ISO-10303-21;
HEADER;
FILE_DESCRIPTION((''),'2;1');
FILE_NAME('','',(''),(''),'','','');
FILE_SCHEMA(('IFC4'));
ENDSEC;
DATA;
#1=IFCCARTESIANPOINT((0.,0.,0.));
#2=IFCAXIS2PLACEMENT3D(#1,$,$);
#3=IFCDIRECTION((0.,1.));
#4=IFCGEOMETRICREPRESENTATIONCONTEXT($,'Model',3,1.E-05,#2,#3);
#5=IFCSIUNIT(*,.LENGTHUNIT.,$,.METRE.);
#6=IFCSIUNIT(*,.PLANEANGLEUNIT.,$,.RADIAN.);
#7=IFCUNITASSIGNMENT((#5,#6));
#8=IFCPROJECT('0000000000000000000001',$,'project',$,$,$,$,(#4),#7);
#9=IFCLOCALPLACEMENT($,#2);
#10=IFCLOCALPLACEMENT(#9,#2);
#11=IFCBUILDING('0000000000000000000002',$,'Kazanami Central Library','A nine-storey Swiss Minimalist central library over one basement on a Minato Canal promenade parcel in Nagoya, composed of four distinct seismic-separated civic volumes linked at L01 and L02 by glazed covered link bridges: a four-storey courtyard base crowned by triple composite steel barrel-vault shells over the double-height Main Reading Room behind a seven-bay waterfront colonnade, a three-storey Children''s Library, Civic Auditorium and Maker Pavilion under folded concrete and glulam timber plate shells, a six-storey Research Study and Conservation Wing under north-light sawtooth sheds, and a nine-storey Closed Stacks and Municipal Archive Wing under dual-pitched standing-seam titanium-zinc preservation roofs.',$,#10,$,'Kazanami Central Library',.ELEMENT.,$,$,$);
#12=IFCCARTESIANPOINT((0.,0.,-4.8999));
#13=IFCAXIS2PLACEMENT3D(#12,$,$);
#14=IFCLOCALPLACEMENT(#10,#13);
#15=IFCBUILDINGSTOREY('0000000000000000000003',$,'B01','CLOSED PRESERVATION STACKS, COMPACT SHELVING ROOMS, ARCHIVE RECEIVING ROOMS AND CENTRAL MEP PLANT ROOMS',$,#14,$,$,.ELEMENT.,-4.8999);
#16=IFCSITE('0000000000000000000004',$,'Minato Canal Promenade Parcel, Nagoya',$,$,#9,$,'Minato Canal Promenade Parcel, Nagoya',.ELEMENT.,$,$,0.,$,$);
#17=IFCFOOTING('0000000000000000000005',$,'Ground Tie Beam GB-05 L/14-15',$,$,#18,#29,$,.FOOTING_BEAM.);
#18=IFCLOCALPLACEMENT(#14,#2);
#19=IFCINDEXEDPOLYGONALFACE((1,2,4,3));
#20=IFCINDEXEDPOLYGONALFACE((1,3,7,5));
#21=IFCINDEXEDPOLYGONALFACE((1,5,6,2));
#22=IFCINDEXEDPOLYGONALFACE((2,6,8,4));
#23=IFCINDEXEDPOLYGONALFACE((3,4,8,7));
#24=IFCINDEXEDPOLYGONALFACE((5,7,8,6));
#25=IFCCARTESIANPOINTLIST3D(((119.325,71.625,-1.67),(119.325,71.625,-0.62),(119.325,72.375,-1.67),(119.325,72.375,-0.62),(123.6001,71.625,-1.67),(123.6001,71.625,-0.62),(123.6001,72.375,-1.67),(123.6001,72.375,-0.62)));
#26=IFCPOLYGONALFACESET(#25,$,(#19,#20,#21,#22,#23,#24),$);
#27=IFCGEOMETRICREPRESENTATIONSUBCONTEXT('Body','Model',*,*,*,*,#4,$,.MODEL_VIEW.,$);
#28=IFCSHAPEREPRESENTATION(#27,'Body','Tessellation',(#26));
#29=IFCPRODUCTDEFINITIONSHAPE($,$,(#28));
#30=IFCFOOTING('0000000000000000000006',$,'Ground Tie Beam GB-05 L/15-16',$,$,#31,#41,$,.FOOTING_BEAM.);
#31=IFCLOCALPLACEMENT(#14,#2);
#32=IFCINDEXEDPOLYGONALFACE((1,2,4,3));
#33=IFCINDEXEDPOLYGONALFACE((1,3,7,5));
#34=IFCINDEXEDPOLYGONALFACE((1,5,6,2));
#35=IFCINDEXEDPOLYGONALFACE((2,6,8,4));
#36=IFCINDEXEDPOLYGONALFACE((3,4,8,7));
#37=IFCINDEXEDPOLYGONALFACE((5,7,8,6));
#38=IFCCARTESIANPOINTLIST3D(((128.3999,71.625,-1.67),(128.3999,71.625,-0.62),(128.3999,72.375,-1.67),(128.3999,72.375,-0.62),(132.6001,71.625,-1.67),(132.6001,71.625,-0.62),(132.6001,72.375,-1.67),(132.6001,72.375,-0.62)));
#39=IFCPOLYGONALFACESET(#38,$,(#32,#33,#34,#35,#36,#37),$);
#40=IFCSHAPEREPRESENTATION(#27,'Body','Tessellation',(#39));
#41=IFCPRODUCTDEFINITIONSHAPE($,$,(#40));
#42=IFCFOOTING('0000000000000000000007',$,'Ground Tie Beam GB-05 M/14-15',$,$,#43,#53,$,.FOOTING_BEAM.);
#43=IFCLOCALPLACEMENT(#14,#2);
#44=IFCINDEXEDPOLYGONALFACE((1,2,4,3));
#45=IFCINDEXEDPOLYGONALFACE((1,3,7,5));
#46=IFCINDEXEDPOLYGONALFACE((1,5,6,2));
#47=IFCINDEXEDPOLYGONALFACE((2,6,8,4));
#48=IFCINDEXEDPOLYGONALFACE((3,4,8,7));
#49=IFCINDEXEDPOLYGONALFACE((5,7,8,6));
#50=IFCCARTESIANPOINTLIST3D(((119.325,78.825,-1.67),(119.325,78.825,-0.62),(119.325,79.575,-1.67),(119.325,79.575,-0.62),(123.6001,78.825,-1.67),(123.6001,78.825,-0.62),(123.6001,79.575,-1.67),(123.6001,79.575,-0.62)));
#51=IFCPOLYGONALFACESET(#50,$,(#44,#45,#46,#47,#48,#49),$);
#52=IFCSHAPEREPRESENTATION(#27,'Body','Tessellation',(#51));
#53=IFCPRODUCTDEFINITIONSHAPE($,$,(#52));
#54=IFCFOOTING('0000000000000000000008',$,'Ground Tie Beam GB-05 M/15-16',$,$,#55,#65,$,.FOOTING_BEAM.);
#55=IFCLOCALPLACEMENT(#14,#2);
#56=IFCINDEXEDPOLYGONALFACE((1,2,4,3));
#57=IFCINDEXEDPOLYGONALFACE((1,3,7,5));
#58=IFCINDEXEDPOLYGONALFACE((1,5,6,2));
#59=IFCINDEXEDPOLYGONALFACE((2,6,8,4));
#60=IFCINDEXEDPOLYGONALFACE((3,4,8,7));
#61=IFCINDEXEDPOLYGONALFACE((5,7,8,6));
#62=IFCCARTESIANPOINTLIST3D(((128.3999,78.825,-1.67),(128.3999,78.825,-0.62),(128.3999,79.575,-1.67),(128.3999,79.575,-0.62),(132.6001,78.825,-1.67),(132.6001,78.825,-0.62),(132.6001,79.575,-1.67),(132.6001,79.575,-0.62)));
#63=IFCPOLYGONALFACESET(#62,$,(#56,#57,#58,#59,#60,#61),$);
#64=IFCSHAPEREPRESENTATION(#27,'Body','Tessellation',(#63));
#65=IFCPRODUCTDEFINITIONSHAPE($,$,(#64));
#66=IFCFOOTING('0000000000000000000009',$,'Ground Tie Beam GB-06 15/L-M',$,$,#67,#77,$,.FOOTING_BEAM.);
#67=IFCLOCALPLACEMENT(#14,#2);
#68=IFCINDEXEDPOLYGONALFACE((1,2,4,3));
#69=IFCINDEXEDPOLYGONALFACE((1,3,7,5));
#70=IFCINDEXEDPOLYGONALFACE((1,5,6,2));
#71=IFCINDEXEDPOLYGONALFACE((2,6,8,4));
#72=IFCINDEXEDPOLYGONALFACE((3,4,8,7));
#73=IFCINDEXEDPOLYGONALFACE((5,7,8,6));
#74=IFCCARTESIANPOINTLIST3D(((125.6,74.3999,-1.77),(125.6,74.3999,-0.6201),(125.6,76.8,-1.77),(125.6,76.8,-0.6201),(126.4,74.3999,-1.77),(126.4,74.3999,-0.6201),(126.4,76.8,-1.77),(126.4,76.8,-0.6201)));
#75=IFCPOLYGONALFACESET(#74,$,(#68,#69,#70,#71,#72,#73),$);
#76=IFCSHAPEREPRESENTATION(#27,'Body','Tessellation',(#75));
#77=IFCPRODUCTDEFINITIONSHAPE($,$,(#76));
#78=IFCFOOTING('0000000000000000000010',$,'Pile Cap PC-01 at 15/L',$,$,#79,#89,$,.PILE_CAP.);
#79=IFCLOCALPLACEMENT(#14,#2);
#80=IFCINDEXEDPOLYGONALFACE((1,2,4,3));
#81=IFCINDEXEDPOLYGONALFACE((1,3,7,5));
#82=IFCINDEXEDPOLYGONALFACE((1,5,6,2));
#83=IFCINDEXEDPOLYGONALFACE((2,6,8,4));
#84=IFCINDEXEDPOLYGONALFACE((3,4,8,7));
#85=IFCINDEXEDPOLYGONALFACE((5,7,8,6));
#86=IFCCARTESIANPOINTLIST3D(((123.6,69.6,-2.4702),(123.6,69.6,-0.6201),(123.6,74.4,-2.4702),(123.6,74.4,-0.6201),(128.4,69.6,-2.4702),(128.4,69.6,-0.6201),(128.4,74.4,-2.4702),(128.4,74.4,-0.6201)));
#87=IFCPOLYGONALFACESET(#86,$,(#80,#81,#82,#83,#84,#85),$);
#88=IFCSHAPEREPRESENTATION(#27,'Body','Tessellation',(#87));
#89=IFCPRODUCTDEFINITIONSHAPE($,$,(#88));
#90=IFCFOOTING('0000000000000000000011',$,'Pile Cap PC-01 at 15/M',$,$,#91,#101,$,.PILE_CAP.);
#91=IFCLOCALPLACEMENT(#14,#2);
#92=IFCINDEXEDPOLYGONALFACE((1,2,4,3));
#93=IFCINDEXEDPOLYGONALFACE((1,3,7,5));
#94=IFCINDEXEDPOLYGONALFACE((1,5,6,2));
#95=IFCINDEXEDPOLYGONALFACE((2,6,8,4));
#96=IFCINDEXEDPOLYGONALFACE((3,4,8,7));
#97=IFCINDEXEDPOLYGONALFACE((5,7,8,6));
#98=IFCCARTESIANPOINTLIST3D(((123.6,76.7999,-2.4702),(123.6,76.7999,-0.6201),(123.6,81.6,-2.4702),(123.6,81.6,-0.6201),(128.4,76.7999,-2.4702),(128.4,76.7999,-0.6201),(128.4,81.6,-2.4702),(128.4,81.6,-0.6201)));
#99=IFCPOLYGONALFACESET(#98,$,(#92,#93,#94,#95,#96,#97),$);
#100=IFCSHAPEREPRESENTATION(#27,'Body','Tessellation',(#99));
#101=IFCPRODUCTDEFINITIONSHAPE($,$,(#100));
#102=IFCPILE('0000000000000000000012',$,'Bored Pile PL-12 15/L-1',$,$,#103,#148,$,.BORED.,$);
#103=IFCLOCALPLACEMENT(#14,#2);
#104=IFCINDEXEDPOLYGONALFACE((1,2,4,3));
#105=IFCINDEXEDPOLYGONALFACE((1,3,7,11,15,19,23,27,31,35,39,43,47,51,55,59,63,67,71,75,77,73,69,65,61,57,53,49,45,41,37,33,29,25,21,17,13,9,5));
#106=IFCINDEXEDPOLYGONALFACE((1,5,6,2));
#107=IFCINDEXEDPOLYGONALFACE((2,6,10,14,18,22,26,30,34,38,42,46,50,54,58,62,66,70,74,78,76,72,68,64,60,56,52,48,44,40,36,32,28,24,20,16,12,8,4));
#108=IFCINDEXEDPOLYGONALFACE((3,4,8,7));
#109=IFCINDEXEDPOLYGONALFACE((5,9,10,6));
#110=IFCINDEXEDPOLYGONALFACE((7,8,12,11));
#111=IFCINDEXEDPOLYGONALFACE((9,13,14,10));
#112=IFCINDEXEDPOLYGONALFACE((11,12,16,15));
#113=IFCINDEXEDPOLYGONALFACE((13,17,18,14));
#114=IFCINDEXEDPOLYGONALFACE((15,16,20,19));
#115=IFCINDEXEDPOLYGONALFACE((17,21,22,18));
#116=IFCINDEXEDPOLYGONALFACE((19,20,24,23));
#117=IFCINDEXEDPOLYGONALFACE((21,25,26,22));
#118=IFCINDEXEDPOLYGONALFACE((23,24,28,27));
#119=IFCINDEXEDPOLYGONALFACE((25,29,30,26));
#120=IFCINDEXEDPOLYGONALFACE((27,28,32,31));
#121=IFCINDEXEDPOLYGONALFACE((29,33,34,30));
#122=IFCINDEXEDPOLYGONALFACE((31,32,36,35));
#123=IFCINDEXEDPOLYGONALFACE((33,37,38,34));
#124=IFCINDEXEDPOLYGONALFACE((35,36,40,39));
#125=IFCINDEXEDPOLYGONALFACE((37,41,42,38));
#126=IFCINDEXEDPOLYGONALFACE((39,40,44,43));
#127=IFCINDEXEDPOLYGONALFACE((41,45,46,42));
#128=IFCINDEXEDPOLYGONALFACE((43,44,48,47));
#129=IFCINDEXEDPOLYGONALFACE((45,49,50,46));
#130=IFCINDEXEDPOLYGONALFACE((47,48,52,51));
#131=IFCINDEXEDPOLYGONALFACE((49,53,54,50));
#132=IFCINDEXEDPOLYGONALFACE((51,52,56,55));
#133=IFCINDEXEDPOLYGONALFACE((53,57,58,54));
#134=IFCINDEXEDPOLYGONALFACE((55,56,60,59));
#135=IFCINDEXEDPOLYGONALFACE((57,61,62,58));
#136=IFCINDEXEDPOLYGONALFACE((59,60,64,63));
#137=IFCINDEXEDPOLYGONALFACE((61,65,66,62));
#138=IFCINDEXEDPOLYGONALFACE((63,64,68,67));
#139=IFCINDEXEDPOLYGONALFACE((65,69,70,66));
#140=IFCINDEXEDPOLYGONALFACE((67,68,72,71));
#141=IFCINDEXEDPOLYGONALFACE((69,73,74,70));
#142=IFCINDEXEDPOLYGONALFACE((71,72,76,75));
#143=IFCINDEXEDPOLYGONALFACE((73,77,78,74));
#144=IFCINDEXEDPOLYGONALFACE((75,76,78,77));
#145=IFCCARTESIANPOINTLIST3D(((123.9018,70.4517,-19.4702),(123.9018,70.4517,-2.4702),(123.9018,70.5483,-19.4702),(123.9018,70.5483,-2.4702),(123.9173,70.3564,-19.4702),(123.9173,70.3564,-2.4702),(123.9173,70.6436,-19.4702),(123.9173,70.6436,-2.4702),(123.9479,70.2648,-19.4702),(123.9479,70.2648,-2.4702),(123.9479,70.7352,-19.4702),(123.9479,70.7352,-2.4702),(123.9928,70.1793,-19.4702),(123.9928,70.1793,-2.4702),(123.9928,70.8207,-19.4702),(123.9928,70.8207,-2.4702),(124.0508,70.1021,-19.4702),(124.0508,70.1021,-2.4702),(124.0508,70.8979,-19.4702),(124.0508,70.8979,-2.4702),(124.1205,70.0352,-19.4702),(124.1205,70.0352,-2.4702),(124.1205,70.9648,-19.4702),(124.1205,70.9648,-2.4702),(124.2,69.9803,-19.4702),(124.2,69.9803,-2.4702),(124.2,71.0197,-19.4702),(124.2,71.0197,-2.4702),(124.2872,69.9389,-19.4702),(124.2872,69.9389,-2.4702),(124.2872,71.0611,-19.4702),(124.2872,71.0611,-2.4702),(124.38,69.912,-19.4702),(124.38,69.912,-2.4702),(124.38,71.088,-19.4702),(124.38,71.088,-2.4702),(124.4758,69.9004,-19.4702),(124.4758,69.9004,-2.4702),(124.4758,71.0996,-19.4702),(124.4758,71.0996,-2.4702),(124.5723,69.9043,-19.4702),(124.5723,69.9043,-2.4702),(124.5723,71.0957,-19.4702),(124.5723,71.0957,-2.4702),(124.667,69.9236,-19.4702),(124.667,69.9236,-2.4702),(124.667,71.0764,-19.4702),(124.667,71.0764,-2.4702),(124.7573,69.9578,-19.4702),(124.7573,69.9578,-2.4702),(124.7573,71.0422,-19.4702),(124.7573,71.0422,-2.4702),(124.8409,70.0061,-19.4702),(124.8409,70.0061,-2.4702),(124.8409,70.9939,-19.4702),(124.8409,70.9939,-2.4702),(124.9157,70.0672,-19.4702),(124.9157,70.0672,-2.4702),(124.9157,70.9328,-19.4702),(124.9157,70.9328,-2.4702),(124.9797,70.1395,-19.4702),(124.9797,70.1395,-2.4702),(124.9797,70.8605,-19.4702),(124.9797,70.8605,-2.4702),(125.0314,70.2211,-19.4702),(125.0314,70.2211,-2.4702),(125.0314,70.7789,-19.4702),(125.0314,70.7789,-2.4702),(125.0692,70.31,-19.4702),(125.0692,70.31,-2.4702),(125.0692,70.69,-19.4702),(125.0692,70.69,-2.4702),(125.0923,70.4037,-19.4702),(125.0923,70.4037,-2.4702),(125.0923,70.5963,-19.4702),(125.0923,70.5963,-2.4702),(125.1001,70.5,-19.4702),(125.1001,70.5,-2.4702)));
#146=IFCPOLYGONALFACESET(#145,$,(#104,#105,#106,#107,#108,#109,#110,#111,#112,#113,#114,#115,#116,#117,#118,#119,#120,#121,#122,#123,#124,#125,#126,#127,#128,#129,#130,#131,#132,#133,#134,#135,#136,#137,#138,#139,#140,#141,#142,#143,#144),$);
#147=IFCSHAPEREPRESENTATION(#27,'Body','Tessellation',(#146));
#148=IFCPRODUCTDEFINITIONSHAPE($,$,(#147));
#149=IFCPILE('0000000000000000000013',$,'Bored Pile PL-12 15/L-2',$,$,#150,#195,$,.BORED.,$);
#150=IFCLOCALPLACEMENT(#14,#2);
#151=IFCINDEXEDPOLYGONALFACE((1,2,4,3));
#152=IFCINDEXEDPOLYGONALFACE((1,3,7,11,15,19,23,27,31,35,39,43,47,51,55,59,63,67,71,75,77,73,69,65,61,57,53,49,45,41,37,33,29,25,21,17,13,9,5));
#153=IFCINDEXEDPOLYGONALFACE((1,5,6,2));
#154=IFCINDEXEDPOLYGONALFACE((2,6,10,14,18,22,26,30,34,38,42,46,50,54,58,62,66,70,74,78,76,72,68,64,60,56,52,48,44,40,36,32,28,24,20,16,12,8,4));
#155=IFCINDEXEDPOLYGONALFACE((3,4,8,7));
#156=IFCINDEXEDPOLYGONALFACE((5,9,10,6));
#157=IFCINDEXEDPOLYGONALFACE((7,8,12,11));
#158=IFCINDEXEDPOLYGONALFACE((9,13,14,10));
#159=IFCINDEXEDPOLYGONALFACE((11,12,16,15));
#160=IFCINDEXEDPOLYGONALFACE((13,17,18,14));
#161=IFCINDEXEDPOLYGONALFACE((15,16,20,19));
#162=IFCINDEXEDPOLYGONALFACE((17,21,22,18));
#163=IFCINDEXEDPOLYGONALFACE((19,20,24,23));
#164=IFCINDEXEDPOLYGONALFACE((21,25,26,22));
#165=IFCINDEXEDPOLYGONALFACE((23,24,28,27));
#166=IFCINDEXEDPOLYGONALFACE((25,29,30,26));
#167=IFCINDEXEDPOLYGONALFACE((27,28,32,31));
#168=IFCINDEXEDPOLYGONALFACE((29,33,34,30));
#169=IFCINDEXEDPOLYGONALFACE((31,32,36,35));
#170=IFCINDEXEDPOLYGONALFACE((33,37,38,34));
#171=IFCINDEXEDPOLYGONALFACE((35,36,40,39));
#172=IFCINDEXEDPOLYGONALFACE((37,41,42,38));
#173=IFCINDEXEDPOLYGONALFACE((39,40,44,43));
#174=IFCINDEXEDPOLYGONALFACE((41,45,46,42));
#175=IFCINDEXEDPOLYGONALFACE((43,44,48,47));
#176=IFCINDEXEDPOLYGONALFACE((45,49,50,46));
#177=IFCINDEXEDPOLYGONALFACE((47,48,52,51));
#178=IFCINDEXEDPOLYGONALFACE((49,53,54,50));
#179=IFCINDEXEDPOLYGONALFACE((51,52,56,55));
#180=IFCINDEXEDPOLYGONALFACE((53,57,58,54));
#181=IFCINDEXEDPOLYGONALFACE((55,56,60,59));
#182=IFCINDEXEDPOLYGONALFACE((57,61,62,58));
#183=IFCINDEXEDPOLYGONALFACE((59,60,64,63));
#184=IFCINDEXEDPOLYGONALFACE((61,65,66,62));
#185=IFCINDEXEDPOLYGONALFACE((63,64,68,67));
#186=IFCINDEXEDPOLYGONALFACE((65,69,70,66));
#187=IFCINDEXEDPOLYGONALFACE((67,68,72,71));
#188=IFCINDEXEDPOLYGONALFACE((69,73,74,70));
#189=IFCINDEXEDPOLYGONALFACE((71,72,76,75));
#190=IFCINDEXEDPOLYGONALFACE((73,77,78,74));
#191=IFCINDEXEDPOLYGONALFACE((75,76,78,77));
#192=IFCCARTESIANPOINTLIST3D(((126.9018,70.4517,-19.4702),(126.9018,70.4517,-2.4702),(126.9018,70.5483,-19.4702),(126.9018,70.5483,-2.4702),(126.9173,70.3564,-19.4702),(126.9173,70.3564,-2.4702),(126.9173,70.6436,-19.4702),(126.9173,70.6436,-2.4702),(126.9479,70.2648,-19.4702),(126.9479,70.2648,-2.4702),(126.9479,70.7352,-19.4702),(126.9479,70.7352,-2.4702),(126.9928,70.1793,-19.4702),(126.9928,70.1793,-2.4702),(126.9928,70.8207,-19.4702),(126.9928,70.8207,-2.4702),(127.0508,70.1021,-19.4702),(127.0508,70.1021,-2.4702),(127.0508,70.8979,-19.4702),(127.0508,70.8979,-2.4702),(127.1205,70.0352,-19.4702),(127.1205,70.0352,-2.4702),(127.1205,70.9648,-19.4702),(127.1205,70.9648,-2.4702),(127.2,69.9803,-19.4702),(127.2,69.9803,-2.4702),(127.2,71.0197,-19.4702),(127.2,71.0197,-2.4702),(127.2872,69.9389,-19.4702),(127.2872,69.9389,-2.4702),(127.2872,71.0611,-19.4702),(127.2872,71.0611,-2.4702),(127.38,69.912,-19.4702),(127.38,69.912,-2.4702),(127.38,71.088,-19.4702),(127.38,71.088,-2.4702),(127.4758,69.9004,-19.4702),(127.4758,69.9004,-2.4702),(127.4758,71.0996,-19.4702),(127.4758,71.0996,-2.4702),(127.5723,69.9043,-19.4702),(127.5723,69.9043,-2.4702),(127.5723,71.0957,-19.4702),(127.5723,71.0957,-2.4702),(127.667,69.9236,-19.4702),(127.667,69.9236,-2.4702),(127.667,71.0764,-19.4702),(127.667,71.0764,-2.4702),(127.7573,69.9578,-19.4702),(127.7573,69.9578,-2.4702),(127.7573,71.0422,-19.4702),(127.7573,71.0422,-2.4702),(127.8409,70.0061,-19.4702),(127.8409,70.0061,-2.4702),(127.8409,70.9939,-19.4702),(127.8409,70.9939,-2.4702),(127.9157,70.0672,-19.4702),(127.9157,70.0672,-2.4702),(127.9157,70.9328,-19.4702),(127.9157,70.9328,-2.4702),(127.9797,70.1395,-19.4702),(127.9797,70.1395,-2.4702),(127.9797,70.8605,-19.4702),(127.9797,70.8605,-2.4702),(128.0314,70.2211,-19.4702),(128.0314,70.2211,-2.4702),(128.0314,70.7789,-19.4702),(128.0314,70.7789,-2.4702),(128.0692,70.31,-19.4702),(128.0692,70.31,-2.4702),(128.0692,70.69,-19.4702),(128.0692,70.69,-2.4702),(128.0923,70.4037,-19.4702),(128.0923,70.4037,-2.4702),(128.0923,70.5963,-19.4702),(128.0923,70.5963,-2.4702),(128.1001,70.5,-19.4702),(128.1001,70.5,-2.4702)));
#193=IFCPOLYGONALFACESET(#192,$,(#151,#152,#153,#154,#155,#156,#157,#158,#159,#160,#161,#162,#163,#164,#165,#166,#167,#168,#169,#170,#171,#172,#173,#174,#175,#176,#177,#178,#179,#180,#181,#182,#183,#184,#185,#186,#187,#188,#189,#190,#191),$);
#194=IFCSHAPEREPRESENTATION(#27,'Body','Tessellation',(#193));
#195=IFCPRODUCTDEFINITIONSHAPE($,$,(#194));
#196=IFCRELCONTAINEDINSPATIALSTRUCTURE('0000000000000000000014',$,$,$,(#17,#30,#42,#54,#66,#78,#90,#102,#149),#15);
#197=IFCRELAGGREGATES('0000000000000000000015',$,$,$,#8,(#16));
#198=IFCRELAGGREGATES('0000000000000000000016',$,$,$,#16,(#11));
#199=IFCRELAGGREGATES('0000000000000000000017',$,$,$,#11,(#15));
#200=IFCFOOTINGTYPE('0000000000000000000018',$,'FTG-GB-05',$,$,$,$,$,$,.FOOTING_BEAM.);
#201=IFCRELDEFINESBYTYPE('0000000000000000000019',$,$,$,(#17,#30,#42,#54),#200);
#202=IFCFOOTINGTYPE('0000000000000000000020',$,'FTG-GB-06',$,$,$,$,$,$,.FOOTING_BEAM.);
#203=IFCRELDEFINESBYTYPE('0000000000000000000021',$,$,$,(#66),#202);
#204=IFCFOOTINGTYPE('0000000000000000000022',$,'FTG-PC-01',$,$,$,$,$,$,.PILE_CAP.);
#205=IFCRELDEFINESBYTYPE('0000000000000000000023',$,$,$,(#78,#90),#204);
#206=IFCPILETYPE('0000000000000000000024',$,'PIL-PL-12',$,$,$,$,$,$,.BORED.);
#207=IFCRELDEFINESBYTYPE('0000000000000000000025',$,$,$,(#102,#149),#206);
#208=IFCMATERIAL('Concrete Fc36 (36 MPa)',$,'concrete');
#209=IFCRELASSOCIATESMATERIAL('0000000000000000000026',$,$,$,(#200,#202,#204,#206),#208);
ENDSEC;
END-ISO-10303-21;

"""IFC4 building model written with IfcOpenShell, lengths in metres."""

from ifc_helpers import new_model, si_unit, direction, frame, origin, origin_2d, place, context, subcontext, project, spatial, rectangle, circle, extrude, material, material_profile, profile_set, type_object, element, save


model = new_model("IFC4")

# Units and contexts
model_context = context("Model", 3, precision=1e-05, world=origin(), true_north=direction((0.0, 1.0)))
body_context = subcontext(model_context, "Body", "Model", "MODEL_VIEW")
ifc_project = project(units=[si_unit("LENGTHUNIT", "METRE"), si_unit("PLANEANGLEUNIT", "RADIAN")], contexts=[model_context])

# Site, building, storey
site_placement = place(None, origin())
site = spatial("IfcSite", under=ifc_project, at=site_placement, Name="Minato Canal Promenade Parcel, Nagoya", LongName="Minato Canal Promenade Parcel, Nagoya", CompositionType="ELEMENT", RefElevation=0.0)
building_placement = place(site_placement, origin())
building = spatial("IfcBuilding", under=site, at=building_placement, Name="Kazanami Central Library", Description="A nine-storey Swiss Minimalist central library over one basement on a Minato Canal promenade parcel in Nagoya, composed of four distinct seismic-separated civic volumes linked at L01 and L02 by glazed covered link bridges: a four-storey courtyard base crowned by triple composite steel barrel-vault shells over the double-height Main Reading Room behind a seven-bay waterfront colonnade, a three-storey Children's Library, Civic Auditorium and Maker Pavilion under folded concrete and glulam timber plate shells, a six-storey Research Study and Conservation Wing under north-light sawtooth sheds, and a nine-storey Closed Stacks and Municipal Archive Wing under dual-pitched standing-seam titanium-zinc preservation roofs.", LongName="Kazanami Central Library", CompositionType="ELEMENT")
storey_placement = place(building_placement, frame((0.0, 0.0, -4.8999)))
storey = spatial("IfcBuildingStorey", under=building, at=storey_placement, Name="B01", Description="CLOSED PRESERVATION STACKS, COMPACT SHELVING ROOMS, ARCHIVE RECEIVING ROOMS AND CENTRAL MEP PLANT ROOMS", CompositionType="ELEMENT", Elevation=-4.8999)

# Footings
ifc_material_1 = material(Name="Concrete Fc36 (36 MPa)", Category="concrete")
ifc_material_profile_1 = material_profile(ifc_material_1, rectangle(XDim=0.75, YDim=1.05, at=origin_2d()), Name="RC-750x1050")
ifc_profile_set_1 = profile_set([ifc_material_profile_1], Name="Concrete Fc36 (36 MPa)")
footing_type_1 = type_object("IfcFootingType", Name="FTG-GB-05", PredefinedType="FOOTING_BEAM", material=ifc_profile_set_1)
footing_1_placement = place(storey_placement, frame((119.325, 72.0, -1.145), z_axis=(1.0, 0.0, 0.0), x_axis=(0.0, 1.0, 0.0)))
element("IfcFooting", 1, at=footing_1_placement, inside=storey, type_object=footing_type_1, Name="Ground Tie Beam GB-05 L/14-15", PredefinedType="FOOTING_BEAM", context=body_context, shape_type="SweptSolid", body=[
    extrude(rectangle(XDim=0.75, YDim=1.05, at=origin_2d()), origin(), (0.0, 0.0, 1.0), 4.2751),
])
footing_2_placement = place(storey_placement, frame((128.3999, 72.0, -1.145), z_axis=(1.0, 0.0, 0.0), x_axis=(0.0, 1.0, 0.0)))
element("IfcFooting", 2, at=footing_2_placement, inside=storey, type_object=footing_type_1, Name="Ground Tie Beam GB-05 L/15-16", PredefinedType="FOOTING_BEAM", context=body_context, shape_type="SweptSolid", body=[
    extrude(rectangle(XDim=0.75, YDim=1.05, at=origin_2d()), origin(), (0.0, 0.0, 1.0), 4.2002),
])
footing_3_placement = place(storey_placement, frame((119.325, 79.2, -1.145), z_axis=(1.0, 0.0, 0.0), x_axis=(0.0, 1.0, 0.0)))
element("IfcFooting", 3, at=footing_3_placement, inside=storey, type_object=footing_type_1, Name="Ground Tie Beam GB-05 M/14-15", PredefinedType="FOOTING_BEAM", context=body_context, shape_type="SweptSolid", body=[
    extrude(rectangle(XDim=0.75, YDim=1.05, at=origin_2d()), origin(), (0.0, 0.0, 1.0), 4.2751),
])
footing_4_placement = place(storey_placement, frame((128.3999, 79.2, -1.145), z_axis=(1.0, 0.0, 0.0), x_axis=(0.0, 1.0, 0.0)))
element("IfcFooting", 4, at=footing_4_placement, inside=storey, type_object=footing_type_1, Name="Ground Tie Beam GB-05 M/15-16", PredefinedType="FOOTING_BEAM", context=body_context, shape_type="SweptSolid", body=[
    extrude(rectangle(XDim=0.75, YDim=1.05, at=origin_2d()), origin(), (0.0, 0.0, 1.0), 4.2002),
])
ifc_material_profile_2 = material_profile(ifc_material_1, rectangle(XDim=0.8, YDim=1.1499, at=origin_2d()), Name="RC-800x1150")
ifc_profile_set_2 = profile_set([ifc_material_profile_2], Name="Concrete Fc36 (36 MPa)")
footing_type_2 = type_object("IfcFootingType", Name="FTG-GB-06", PredefinedType="FOOTING_BEAM", material=ifc_profile_set_2)
footing_5_placement = place(storey_placement, frame((126.0, 74.3999, -1.1951), z_axis=(0.0, 1.0, 0.0), x_axis=(-1.0, 0.0, 0.0)))
element("IfcFooting", 5, at=footing_5_placement, inside=storey, type_object=footing_type_2, Name="Ground Tie Beam GB-06 15/L-M", PredefinedType="FOOTING_BEAM", context=body_context, shape_type="SweptSolid", body=[
    extrude(rectangle(XDim=0.8, YDim=1.1499, at=origin_2d()), origin(), (0.0, 0.0, 1.0), 2.4001),
])
footing_type_3 = type_object("IfcFootingType", Name="FTG-PC-01", PredefinedType="PILE_CAP", material=ifc_material_1)
for number, where, z_axis, x_axis, name in (
    (6, (126.0, 72.0, -2.4702), (0.0, 0.0, 1.0), (1.0, 0.0, 0.0), "Pile Cap PC-01 at 15/L"),
    (7, (126.0, 79.2, -2.4702), (0.0, 0.0, 1.0), (1.0, 0.0, 0.0), "Pile Cap PC-01 at 15/M"),
):
    element("IfcFooting", number, at=place(storey_placement, frame(where, z_axis=z_axis, x_axis=x_axis)), inside=storey, type_object=footing_type_3, Name=name, PredefinedType="PILE_CAP", context=body_context, shape_type="SweptSolid", body=[
        extrude(rectangle(XDim=4.8, YDim=4.8, at=origin_2d()), origin(), (0.0, 0.0, 1.0), 1.8501),
    ])

# Piles
ifc_material_profile_3 = material_profile(ifc_material_1, circle(Radius=0.6001, at=origin_2d()), Name="BORED-D1200")
ifc_profile_set_3 = profile_set([ifc_material_profile_3], Name="Concrete Fc36 (36 MPa)")
pile_type = type_object("IfcPileType", Name="PIL-PL-12", PredefinedType="BORED", material=ifc_profile_set_3)
for number, where, z_axis, x_axis, name in (
    (8, (124.5, 70.5, -2.4702), (0.0, 0.0, -1.0), (1.0, 0.0, 0.0), "Bored Pile PL-12 15/L-1"),
    (9, (127.5, 70.5, -2.4702), (0.0, 0.0, -1.0), (1.0, 0.0, 0.0), "Bored Pile PL-12 15/L-2"),
):
    element("IfcPile", number, at=place(storey_placement, frame(where, z_axis=z_axis, x_axis=x_axis)), inside=storey, type_object=pile_type, Name=name, PredefinedType="BORED", context=body_context, shape_type="SweptSolid", body=[
        extrude(circle(Radius=0.6001, at=origin_2d()), origin(), (0.0, 0.0, 1.0), 17.0),
    ])

save(model, "model.ifc")
